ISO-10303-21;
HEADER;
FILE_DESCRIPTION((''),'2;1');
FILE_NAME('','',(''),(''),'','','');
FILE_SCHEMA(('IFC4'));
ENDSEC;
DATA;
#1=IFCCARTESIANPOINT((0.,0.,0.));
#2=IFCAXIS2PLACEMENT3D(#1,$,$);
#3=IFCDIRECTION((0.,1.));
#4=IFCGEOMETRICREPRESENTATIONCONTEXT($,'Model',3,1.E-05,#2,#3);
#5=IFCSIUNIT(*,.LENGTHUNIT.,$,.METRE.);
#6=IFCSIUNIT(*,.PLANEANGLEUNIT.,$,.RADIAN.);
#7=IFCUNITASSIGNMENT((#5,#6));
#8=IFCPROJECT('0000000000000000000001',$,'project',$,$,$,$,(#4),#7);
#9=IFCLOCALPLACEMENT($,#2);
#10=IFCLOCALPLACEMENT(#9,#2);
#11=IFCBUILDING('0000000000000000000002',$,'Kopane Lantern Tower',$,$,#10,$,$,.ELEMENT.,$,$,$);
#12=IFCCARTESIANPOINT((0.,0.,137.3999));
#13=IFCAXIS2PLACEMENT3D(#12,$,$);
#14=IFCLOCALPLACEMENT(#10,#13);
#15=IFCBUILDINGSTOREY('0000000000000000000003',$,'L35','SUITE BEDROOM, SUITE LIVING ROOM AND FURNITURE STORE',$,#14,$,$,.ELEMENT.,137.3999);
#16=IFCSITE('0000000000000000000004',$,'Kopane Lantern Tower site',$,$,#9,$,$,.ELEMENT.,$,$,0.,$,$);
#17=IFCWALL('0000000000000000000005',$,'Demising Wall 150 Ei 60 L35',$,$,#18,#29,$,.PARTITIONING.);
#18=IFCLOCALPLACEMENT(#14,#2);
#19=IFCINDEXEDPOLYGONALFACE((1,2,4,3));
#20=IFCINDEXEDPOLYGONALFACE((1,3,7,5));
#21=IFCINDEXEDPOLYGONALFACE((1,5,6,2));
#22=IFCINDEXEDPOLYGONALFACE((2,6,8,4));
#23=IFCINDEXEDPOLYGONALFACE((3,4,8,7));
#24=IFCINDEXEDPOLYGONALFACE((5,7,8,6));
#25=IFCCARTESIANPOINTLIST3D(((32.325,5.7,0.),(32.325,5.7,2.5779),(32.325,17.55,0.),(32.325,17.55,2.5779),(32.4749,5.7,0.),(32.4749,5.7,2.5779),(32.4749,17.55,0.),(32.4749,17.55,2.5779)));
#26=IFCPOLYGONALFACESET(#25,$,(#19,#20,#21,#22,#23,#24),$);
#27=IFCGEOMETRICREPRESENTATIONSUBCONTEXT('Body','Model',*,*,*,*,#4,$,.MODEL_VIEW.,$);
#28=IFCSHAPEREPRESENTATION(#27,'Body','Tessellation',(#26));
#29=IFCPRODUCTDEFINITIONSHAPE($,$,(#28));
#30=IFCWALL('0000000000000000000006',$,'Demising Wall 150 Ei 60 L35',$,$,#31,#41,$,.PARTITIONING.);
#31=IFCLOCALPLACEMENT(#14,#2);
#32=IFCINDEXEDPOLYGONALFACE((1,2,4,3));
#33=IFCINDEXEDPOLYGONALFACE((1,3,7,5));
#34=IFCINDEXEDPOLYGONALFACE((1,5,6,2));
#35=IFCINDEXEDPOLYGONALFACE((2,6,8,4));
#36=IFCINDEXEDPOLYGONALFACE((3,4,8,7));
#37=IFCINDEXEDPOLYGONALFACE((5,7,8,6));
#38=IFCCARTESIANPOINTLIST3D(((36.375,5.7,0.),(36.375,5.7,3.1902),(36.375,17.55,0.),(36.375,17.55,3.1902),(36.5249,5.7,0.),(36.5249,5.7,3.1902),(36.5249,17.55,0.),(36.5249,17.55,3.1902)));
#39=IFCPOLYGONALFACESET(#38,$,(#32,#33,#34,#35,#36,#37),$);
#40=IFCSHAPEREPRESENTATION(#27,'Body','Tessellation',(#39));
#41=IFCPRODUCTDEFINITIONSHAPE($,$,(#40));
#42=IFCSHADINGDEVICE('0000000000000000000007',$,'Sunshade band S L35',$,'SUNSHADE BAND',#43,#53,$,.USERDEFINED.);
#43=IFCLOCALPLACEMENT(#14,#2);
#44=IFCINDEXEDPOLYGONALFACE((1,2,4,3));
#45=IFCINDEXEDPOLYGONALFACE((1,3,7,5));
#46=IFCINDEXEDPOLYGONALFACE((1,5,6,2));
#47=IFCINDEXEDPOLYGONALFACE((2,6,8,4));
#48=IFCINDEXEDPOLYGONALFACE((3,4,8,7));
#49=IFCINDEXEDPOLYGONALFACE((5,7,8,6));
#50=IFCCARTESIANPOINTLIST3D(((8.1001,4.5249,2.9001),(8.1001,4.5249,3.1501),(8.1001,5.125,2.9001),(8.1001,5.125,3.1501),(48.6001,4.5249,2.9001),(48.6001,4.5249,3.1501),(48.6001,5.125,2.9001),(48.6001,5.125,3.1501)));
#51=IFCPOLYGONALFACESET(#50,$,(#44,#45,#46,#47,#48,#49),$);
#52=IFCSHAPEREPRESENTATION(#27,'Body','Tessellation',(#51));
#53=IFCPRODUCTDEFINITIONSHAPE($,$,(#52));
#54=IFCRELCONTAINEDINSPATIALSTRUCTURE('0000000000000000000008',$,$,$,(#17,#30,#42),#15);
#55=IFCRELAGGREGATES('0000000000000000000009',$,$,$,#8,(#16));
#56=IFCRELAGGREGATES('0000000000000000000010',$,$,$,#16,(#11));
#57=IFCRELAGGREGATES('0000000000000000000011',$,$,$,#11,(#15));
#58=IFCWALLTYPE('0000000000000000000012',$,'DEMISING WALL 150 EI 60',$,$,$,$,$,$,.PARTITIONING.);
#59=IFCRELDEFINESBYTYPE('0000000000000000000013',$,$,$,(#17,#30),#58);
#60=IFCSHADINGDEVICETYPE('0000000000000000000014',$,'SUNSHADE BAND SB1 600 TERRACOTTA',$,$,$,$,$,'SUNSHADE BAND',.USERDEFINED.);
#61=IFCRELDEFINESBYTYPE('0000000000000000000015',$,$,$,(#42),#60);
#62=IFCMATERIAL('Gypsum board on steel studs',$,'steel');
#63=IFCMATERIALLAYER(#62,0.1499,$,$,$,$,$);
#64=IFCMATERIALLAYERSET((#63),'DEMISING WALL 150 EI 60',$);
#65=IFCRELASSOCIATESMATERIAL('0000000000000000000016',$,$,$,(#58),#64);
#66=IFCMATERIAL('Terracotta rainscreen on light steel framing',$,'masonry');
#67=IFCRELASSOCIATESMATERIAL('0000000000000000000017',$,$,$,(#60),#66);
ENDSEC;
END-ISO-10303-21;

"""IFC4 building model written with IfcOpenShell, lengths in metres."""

from ifc_helpers import new_model, si_unit, direction, frame, frame_2d, origin, origin_2d, place, context, subcontext, project, spatial, rectangle, extrude, material, layer, layer_set, type_object, element, save


model = new_model("IFC4")

# Units and contexts
model_context = context("Model", 3, precision=1e-05, world=origin(), true_north=direction((0.0, 1.0)))
body_context = subcontext(model_context, "Body", "Model", "MODEL_VIEW")
ifc_project = project(units=[si_unit("LENGTHUNIT", "METRE"), si_unit("PLANEANGLEUNIT", "RADIAN")], contexts=[model_context])

# Site, building, storey
site_placement = place(None, origin())
site = spatial("IfcSite", under=ifc_project, at=site_placement, Name="Kopane Lantern Tower site", CompositionType="ELEMENT", RefElevation=0.0)
building_placement = place(site_placement, origin())
building = spatial("IfcBuilding", under=site, at=building_placement, Name="Kopane Lantern Tower", CompositionType="ELEMENT")
storey_placement = place(building_placement, frame((0.0, 0.0, 137.3999)))
storey = spatial("IfcBuildingStorey", under=building, at=storey_placement, Name="L35", Description="SUITE BEDROOM, SUITE LIVING ROOM AND FURNITURE STORE", CompositionType="ELEMENT", Elevation=137.3999)

# Walls
ifc_material_1 = material(Name="Gypsum board on steel studs", Category="steel")
ifc_layer_1 = layer(ifc_material_1, 0.1499)
ifc_layer_set_1 = layer_set([ifc_layer_1], Name="DEMISING WALL 150 EI 60")
wall_type_1 = type_object("IfcWallType", Name="DEMISING WALL 150 EI 60", PredefinedType="PARTITIONING", material=ifc_layer_set_1)
wall_1_placement = place(storey_placement, frame((32.3999, 17.55, 0.0), z_axis=(0.0, 0.0, 1.0), x_axis=(0.0, -1.0, 0.0)))
element("IfcWall", 1, at=wall_1_placement, inside=storey, type_object=wall_type_1, Name="Demising Wall 150 Ei 60 L35", PredefinedType="PARTITIONING", context=body_context, shape_type="SweptSolid", body=[
    extrude(rectangle(XDim=11.8501, YDim=0.1499, at=frame_2d((5.925, 0.0))), origin(), (0.0, 0.0, 1.0), 2.5779),
])
wall_2_placement = place(storey_placement, frame((36.45, 17.55, 0.0), z_axis=(0.0, 0.0, 1.0), x_axis=(0.0, -1.0, 0.0)))
element("IfcWall", 2, at=wall_2_placement, inside=storey, type_object=wall_type_1, Name="Demising Wall 150 Ei 60 L35", PredefinedType="PARTITIONING", context=body_context, shape_type="SweptSolid", body=[
    extrude(rectangle(XDim=11.8501, YDim=0.1499, at=frame_2d((5.925, 0.0))), origin(), (0.0, 0.0, 1.0), 3.1902),
])

# Shading device
ifc_material_2 = material(Name="Terracotta rainscreen on light steel framing", Category="masonry")
shading_device_type = type_object("IfcShadingDeviceType", Name="SUNSHADE BAND SB1 600 TERRACOTTA", ElementType="SUNSHADE BAND", PredefinedType="USERDEFINED", material=ifc_material_2)
shading_device_placement = place(storey_placement, frame((28.3501, 4.825, 2.9001), z_axis=(0.0, 0.0, 1.0), x_axis=(1.0, 0.0, 0.0)))
element("IfcShadingDevice", 3, at=shading_device_placement, inside=storey, type_object=shading_device_type, Name="Sunshade band S L35", ObjectType="SUNSHADE BAND", PredefinedType="USERDEFINED", context=body_context, shape_type="SweptSolid", body=[
    extrude(rectangle(XDim=40.5, YDim=0.6001, at=origin_2d()), origin(), (0.0, 0.0, 1.0), 0.25),
])

save(model, "model.ifc")
